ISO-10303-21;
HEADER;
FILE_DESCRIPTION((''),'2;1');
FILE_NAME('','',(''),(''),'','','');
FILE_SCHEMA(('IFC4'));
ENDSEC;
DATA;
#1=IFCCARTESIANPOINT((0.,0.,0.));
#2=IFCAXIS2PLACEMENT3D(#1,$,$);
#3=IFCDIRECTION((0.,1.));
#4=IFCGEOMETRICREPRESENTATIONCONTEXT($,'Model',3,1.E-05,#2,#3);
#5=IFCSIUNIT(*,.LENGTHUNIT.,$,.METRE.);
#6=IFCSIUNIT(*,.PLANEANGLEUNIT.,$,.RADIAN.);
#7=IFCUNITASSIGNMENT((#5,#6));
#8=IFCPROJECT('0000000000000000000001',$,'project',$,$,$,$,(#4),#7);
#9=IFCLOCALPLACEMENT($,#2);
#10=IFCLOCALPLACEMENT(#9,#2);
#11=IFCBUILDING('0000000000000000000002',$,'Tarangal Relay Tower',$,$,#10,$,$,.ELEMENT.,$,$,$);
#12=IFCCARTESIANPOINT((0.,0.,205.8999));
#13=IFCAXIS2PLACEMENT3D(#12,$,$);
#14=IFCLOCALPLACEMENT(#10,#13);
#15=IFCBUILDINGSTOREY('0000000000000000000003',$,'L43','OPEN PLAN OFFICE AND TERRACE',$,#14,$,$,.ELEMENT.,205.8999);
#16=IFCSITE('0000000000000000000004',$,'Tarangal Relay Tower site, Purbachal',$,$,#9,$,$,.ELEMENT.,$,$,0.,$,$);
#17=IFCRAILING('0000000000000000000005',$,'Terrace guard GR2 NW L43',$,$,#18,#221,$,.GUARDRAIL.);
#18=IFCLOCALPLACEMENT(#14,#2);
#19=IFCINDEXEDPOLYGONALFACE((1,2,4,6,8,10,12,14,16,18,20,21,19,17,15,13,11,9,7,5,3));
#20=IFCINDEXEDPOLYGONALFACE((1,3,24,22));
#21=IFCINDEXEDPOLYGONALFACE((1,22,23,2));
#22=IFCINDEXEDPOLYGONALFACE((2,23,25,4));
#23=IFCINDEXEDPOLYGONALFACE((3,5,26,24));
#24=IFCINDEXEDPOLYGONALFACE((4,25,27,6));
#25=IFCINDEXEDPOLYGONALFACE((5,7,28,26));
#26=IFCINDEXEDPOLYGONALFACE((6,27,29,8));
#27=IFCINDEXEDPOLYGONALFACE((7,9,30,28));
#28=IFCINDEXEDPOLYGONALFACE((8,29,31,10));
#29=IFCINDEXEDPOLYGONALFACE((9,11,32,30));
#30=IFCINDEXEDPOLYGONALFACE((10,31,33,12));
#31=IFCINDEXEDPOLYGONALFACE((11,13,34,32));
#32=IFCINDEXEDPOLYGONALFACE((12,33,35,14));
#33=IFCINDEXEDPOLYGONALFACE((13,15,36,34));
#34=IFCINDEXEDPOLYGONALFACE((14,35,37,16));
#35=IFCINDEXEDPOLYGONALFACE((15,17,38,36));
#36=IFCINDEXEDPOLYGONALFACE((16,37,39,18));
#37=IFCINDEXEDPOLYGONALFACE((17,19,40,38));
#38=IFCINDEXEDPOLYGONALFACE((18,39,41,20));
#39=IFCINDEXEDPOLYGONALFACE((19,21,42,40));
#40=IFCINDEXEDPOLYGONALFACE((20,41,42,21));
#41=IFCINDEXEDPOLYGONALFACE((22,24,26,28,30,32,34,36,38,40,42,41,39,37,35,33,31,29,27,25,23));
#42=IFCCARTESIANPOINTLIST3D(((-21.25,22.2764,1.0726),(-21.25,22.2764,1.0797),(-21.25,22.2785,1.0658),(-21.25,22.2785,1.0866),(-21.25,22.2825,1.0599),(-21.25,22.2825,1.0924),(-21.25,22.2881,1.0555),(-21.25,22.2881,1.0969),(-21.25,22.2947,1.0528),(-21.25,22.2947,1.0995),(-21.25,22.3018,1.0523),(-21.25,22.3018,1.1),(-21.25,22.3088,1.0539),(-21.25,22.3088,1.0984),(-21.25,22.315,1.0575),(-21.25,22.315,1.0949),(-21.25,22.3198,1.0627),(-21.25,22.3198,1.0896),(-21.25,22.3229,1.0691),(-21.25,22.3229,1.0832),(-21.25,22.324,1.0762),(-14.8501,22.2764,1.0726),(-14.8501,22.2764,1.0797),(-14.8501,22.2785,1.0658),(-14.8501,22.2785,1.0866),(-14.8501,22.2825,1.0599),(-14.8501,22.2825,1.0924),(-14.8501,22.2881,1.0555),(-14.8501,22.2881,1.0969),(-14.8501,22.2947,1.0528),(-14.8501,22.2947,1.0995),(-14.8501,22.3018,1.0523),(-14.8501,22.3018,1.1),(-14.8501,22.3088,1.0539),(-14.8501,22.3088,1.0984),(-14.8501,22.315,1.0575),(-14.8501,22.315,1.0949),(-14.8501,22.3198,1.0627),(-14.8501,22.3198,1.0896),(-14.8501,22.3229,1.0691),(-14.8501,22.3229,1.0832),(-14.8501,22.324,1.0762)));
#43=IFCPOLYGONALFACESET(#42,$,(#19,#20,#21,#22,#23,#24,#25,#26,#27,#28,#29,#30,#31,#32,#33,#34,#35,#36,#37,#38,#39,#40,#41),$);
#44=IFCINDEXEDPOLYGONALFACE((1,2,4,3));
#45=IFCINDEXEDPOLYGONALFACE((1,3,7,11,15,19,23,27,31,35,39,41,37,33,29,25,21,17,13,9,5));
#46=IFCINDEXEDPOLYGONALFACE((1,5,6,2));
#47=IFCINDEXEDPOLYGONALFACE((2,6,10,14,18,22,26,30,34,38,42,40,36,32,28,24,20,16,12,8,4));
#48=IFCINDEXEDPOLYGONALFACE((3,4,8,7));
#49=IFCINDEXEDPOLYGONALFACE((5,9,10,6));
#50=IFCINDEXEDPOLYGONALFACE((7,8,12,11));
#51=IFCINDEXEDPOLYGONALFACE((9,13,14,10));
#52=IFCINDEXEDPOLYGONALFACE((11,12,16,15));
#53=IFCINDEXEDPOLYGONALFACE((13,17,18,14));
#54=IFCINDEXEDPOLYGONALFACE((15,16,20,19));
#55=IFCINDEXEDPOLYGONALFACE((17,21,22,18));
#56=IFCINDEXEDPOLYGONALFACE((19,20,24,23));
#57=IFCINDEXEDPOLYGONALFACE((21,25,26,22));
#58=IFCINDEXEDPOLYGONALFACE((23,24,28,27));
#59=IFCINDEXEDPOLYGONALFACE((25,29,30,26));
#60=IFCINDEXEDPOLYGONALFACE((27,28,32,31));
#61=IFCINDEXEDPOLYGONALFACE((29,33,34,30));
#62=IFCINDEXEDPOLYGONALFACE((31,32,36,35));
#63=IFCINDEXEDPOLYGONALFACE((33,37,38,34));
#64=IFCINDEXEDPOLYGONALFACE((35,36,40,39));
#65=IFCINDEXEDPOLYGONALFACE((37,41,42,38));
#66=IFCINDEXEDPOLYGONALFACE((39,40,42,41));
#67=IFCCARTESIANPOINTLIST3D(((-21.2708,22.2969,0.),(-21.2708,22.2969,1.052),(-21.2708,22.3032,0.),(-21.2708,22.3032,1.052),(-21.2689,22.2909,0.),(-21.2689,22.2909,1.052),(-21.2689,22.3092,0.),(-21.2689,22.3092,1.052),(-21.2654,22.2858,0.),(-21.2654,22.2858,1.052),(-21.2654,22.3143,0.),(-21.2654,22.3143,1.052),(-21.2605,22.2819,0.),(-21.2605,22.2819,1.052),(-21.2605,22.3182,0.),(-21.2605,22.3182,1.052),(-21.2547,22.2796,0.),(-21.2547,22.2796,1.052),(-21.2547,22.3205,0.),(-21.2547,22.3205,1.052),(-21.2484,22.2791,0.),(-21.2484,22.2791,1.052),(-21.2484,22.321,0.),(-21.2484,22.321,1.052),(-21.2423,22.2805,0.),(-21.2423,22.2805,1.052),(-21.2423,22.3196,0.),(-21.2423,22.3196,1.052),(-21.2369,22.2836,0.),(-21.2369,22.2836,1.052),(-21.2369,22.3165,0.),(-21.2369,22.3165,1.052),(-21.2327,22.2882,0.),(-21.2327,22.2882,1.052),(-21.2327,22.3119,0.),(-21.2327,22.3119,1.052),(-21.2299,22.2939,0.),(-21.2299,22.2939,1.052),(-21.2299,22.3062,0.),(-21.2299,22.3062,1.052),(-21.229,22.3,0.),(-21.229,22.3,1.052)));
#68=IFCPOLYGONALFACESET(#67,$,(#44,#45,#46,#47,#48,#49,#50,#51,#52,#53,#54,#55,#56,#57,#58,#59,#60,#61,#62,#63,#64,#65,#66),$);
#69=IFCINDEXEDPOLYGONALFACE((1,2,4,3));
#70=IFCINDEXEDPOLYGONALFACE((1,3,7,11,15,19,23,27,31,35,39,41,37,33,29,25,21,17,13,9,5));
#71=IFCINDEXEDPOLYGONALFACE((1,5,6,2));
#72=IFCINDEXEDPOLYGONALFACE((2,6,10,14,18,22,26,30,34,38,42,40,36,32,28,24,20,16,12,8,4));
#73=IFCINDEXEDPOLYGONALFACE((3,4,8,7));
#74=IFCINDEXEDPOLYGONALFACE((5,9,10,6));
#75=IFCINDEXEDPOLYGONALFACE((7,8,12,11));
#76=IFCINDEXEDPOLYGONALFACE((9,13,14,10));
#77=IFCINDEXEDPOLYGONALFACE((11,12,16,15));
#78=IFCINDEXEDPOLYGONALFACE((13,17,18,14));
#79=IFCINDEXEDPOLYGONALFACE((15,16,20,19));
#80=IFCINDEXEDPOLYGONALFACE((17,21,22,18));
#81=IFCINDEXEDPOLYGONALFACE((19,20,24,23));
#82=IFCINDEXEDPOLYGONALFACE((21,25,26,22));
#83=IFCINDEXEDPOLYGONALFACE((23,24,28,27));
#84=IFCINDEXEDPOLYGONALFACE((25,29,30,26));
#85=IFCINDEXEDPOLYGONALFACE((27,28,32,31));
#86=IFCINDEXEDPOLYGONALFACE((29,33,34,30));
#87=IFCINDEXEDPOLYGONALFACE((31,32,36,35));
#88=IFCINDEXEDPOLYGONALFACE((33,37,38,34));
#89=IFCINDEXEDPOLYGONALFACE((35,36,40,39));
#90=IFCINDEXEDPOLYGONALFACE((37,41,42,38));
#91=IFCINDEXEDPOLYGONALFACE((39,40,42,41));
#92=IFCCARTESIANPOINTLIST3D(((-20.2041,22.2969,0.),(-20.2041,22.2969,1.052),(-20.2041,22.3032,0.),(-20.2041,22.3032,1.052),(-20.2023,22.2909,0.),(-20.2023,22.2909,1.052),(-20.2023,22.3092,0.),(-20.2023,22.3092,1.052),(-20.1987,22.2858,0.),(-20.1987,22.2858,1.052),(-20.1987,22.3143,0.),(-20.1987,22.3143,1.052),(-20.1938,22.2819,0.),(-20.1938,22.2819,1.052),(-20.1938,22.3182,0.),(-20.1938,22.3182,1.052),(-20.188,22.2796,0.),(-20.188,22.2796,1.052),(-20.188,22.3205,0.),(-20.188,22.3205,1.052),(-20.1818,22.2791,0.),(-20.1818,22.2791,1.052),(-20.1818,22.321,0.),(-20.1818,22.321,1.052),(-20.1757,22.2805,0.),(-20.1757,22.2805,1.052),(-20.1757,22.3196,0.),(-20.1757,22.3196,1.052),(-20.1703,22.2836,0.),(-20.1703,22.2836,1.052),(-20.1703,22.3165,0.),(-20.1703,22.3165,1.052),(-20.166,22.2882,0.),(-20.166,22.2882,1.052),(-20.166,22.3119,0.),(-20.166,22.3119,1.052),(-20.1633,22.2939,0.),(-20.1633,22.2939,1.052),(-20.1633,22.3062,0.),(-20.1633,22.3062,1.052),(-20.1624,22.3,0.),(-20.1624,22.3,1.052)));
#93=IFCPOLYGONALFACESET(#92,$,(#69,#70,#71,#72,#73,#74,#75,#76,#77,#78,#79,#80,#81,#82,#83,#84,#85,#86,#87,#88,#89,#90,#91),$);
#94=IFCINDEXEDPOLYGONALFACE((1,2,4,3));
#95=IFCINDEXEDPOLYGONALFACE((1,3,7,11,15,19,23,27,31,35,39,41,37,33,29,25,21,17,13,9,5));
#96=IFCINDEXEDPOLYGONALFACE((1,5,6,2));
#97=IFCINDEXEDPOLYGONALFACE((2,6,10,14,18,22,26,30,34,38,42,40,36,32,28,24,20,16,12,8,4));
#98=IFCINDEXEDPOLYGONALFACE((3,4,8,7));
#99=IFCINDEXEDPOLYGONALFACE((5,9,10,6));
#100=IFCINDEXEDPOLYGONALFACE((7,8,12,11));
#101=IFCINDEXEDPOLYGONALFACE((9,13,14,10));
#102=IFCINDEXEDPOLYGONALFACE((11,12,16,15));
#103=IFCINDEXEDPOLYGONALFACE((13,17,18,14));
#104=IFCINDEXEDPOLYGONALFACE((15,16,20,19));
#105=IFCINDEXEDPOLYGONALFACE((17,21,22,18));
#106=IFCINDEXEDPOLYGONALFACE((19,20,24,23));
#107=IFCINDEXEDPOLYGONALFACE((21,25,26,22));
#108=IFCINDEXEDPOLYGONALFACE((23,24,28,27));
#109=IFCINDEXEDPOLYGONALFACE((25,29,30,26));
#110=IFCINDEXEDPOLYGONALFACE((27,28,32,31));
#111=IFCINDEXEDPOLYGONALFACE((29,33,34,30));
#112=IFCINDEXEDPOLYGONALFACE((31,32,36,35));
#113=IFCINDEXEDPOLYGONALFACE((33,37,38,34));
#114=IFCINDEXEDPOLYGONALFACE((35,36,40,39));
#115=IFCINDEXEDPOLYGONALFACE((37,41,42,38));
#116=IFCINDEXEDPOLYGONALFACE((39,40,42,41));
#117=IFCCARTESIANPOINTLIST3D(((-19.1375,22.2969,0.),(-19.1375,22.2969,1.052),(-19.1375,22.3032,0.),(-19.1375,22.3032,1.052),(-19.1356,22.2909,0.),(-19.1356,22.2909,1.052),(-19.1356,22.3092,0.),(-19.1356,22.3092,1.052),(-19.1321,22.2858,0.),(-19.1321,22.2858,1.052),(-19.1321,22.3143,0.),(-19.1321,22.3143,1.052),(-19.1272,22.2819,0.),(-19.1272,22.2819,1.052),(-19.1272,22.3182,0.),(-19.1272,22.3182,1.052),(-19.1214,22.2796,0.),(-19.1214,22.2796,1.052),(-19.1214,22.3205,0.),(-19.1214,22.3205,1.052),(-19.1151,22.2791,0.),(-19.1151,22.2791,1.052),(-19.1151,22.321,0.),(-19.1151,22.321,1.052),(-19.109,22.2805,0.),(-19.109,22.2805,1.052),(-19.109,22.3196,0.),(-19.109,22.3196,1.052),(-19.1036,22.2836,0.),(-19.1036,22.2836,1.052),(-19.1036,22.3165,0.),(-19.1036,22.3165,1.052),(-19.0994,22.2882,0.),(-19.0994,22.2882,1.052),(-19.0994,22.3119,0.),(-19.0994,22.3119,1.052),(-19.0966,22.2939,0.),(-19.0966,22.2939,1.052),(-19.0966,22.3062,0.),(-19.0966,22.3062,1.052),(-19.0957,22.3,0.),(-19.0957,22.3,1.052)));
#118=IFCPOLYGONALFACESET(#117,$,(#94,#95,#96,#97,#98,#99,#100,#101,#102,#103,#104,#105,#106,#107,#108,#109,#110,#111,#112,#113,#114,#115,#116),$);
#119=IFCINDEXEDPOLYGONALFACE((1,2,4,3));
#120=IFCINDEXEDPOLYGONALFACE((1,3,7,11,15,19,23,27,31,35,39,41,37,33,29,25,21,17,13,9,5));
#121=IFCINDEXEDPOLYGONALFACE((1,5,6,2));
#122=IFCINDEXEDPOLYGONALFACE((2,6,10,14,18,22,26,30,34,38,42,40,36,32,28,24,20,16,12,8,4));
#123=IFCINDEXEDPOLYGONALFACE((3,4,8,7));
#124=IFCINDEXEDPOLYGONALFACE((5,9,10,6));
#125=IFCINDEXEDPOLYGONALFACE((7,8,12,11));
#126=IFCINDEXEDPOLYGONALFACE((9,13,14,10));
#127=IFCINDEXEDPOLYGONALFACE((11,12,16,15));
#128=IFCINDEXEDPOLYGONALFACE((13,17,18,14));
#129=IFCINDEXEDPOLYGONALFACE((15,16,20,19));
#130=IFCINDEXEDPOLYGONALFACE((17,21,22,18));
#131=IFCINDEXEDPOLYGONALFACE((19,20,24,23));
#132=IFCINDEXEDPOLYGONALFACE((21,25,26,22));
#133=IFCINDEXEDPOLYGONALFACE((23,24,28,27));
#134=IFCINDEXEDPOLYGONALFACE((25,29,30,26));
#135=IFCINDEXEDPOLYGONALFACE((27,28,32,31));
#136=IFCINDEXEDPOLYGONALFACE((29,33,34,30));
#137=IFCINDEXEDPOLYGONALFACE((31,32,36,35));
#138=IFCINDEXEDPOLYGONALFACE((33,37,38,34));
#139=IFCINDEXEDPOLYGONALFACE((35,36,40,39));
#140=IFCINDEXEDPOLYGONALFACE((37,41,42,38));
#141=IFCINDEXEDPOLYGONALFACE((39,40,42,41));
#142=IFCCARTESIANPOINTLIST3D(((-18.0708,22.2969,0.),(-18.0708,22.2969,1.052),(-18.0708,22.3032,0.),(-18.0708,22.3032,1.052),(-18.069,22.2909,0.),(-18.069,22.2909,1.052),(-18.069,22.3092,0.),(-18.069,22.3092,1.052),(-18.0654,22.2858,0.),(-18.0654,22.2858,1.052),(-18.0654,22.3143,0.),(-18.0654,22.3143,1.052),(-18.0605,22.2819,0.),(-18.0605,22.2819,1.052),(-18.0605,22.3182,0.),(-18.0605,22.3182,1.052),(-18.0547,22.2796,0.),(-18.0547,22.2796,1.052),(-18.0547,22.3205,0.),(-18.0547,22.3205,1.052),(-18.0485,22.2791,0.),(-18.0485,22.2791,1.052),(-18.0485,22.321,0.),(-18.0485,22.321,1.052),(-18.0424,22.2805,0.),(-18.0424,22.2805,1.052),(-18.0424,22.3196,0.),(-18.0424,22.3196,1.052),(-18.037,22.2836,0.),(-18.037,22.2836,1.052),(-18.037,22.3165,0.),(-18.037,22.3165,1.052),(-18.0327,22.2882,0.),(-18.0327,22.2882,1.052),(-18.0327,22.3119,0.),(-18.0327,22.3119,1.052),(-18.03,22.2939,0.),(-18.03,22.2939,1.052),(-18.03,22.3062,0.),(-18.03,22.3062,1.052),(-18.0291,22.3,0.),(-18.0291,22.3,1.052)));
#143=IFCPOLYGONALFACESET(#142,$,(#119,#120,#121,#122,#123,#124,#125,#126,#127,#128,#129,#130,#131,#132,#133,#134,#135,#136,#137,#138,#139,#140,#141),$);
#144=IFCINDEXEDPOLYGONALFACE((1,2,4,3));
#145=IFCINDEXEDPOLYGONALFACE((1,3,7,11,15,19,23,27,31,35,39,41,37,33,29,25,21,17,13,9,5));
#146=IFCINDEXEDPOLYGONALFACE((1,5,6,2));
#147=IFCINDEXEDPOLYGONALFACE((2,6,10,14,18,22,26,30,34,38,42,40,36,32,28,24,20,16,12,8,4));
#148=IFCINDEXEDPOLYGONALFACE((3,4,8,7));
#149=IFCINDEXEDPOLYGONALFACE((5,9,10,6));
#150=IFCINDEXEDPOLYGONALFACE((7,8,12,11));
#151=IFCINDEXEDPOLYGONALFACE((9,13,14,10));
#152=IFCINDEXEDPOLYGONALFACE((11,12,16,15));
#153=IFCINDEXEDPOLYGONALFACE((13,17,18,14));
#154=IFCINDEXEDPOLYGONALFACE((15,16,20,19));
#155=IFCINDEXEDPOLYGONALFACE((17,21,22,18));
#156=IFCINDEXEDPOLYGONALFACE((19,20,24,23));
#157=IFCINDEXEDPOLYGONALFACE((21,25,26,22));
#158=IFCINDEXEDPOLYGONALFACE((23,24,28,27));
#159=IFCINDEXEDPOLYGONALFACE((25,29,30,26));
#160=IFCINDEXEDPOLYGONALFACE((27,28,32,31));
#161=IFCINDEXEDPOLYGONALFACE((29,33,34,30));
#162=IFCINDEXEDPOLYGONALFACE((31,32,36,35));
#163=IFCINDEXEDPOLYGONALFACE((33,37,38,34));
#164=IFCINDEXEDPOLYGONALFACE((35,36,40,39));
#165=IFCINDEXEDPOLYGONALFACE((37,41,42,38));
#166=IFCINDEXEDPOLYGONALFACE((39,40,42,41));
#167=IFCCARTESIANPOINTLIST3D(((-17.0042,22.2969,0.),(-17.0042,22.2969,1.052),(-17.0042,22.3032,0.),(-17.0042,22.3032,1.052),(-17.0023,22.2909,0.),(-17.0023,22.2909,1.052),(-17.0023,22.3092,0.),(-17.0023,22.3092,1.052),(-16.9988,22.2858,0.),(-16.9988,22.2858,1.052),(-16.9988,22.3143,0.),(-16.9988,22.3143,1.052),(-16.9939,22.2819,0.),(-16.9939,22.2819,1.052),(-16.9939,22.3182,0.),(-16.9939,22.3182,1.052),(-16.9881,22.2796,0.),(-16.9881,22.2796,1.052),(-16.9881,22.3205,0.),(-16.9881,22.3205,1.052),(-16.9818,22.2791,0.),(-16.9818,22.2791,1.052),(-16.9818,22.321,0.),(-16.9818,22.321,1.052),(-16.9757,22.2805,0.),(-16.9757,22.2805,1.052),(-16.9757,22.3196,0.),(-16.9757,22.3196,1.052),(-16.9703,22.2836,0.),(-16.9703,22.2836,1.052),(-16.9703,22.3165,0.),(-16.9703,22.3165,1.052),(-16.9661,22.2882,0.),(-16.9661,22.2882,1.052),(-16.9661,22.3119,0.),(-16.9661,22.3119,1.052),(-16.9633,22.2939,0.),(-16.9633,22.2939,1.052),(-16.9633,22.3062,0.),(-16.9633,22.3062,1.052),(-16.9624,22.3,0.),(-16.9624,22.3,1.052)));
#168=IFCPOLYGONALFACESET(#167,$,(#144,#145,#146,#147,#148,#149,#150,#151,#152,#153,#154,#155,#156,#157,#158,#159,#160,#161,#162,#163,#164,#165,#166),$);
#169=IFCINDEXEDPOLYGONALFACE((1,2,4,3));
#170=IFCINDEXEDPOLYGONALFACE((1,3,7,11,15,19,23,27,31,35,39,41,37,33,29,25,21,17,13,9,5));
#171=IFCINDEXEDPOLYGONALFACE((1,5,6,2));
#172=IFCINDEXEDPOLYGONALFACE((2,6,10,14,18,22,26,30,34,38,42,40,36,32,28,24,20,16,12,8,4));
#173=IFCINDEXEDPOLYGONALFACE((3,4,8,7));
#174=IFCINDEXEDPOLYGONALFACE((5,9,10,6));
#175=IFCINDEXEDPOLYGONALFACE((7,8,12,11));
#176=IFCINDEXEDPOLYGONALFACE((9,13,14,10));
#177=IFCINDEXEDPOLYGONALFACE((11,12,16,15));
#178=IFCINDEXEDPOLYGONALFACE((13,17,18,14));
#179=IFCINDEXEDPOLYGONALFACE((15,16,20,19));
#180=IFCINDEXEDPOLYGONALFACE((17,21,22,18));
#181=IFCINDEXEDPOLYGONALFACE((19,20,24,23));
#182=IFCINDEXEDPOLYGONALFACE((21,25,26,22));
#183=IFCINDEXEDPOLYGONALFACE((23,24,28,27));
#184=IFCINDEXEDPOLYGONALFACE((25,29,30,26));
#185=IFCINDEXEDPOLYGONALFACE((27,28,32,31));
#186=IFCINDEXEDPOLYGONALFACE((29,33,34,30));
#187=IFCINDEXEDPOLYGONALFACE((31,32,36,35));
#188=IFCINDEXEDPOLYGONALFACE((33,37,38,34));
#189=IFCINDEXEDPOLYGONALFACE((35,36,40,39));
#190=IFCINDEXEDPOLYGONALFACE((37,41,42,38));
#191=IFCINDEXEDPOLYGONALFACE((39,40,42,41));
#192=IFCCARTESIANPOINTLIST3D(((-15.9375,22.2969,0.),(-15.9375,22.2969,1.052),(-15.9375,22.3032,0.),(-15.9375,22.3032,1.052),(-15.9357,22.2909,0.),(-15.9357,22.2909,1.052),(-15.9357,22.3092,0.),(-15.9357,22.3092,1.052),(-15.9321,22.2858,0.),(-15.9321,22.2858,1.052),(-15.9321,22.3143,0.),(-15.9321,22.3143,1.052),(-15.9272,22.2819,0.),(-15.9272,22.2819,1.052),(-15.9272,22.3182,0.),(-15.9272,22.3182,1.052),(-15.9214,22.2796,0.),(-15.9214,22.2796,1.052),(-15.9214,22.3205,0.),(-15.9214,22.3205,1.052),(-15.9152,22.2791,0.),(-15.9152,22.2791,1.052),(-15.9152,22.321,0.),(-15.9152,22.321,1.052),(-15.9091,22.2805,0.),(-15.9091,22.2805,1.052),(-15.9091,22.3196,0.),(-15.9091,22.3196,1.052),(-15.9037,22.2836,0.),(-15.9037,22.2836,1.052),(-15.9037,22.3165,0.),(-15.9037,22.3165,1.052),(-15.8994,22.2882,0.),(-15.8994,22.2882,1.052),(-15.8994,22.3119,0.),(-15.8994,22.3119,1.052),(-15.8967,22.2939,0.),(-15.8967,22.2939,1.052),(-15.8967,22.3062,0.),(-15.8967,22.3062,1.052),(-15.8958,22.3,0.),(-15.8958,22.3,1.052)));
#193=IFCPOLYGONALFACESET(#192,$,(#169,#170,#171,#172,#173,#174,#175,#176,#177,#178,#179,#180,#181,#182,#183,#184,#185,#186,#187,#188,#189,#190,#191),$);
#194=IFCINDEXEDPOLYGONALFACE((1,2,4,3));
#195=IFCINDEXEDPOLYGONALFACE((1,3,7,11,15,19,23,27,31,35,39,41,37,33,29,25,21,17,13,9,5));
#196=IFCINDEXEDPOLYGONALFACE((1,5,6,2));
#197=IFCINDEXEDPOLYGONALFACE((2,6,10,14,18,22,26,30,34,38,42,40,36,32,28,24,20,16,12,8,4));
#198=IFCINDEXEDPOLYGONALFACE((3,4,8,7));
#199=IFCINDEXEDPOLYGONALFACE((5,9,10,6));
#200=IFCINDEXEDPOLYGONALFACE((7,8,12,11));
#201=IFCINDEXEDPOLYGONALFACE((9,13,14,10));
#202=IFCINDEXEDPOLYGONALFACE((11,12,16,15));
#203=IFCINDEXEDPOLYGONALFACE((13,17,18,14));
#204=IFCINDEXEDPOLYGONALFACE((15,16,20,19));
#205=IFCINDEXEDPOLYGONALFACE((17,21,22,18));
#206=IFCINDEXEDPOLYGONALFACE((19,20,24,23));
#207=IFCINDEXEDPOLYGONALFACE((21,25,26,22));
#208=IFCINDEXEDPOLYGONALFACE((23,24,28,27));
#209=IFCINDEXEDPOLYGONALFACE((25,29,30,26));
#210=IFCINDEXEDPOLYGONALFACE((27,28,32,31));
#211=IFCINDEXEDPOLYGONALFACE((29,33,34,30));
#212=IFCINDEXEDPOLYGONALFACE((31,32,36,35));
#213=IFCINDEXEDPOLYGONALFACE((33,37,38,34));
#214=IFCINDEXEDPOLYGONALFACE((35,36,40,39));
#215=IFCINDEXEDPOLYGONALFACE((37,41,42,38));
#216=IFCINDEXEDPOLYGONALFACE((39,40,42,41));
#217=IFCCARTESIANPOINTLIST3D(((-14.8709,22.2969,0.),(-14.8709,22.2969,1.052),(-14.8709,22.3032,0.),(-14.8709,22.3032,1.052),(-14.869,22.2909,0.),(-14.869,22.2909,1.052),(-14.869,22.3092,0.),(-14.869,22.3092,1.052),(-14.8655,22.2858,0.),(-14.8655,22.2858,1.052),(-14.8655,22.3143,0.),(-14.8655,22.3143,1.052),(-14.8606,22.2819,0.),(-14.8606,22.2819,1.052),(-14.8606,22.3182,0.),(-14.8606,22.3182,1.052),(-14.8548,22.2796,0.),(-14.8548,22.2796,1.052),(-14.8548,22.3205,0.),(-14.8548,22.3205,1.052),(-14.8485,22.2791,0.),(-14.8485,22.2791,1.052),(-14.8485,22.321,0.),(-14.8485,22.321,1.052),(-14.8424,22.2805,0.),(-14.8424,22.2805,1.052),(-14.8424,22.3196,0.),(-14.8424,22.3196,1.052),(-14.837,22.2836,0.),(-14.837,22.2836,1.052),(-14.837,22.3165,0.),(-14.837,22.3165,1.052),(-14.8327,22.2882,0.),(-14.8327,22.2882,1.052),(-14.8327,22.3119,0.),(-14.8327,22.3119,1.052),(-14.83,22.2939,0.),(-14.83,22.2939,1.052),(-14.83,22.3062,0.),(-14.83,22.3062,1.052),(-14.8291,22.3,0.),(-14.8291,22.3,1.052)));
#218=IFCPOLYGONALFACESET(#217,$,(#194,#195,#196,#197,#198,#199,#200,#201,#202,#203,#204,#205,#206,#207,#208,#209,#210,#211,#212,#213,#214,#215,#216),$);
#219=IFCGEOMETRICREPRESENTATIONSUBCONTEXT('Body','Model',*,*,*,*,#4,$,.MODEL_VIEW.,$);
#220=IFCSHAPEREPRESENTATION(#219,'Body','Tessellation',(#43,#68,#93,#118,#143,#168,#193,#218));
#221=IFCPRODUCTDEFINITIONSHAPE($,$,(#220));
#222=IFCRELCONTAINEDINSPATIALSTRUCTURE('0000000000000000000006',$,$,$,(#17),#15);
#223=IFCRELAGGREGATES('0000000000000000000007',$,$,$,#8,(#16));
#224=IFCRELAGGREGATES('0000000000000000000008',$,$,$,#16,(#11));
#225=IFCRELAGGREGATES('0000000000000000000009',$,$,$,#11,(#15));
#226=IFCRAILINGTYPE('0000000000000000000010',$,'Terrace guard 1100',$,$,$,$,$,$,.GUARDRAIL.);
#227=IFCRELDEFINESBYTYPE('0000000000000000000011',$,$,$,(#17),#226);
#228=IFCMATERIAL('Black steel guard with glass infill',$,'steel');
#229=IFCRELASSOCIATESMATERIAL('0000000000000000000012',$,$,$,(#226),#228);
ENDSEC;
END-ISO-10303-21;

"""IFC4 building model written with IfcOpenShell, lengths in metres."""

from ifc_helpers import new_model, si_unit, direction, frame, origin, origin_2d, place, context, subcontext, project, spatial, circle, extrude, material, type_object, element, save


model = new_model("IFC4")

# Units and contexts
model_context = context("Model", 3, precision=1e-05, world=origin(), true_north=direction((0.0, 1.0)))
body_context = subcontext(model_context, "Body", "Model", "MODEL_VIEW")
ifc_project = project(units=[si_unit("LENGTHUNIT", "METRE"), si_unit("PLANEANGLEUNIT", "RADIAN")], contexts=[model_context])

# Site, building, storey
site_placement = place(None, origin())
site = spatial("IfcSite", under=ifc_project, at=site_placement, Name="Tarangal Relay Tower site, Purbachal", CompositionType="ELEMENT", RefElevation=0.0)
building_placement = place(site_placement, origin())
building = spatial("IfcBuilding", under=site, at=building_placement, Name="Tarangal Relay Tower", CompositionType="ELEMENT")
storey_placement = place(building_placement, frame((0.0, 0.0, 205.8999)))
storey = spatial("IfcBuildingStorey", under=building, at=storey_placement, Name="L43", Description="OPEN PLAN OFFICE AND TERRACE", CompositionType="ELEMENT", Elevation=205.8999)

# Railing
ifc_material_1 = material(Name="Black steel guard with glass infill", Category="steel")
railing_type = type_object("IfcRailingType", Name="Terrace guard 1100", PredefinedType="GUARDRAIL", material=ifc_material_1)
railing_1_placement = place(storey_placement, frame((-21.25, 22.3, 0.0)))
element("IfcRailing", 1, at=railing_1_placement, inside=storey, type_object=railing_type, Name="Terrace guard GR2 NW L43", PredefinedType="GUARDRAIL", context=body_context, shape_type="SweptSolid", body=[
    extrude(circle(Radius=0.0239, at=origin_2d()), frame((0.0, 0.0, 1.0762), z_axis=(1.0, 0.0, 0.0), x_axis=(0.0, 1.0, 0.0)), (0.0, 0.0, 1.0), 6.3999),
    extrude(circle(Radius=0.021, at=origin_2d()), origin(), (0.0, 0.0, 1.0), 1.052),
    extrude(circle(Radius=0.021, at=origin_2d()), frame((1.0667, 0.0, 0.0)), (0.0, 0.0, 1.0), 1.052),
    extrude(circle(Radius=0.021, at=origin_2d()), frame((2.1333, 0.0, 0.0)), (0.0, 0.0, 1.0), 1.052),
    extrude(circle(Radius=0.021, at=origin_2d()), frame((3.2, 0.0, 0.0)), (0.0, 0.0, 1.0), 1.052),
    extrude(circle(Radius=0.021, at=origin_2d()), frame((4.2666, 0.0, 0.0)), (0.0, 0.0, 1.0), 1.052),
    extrude(circle(Radius=0.021, at=origin_2d()), frame((5.3333, 0.0, 0.0)), (0.0, 0.0, 1.0), 1.052),
    extrude(circle(Radius=0.021, at=origin_2d()), frame((6.3999, 0.0, 0.0)), (0.0, 0.0, 1.0), 1.052),
])

save(model, "model.ifc")
